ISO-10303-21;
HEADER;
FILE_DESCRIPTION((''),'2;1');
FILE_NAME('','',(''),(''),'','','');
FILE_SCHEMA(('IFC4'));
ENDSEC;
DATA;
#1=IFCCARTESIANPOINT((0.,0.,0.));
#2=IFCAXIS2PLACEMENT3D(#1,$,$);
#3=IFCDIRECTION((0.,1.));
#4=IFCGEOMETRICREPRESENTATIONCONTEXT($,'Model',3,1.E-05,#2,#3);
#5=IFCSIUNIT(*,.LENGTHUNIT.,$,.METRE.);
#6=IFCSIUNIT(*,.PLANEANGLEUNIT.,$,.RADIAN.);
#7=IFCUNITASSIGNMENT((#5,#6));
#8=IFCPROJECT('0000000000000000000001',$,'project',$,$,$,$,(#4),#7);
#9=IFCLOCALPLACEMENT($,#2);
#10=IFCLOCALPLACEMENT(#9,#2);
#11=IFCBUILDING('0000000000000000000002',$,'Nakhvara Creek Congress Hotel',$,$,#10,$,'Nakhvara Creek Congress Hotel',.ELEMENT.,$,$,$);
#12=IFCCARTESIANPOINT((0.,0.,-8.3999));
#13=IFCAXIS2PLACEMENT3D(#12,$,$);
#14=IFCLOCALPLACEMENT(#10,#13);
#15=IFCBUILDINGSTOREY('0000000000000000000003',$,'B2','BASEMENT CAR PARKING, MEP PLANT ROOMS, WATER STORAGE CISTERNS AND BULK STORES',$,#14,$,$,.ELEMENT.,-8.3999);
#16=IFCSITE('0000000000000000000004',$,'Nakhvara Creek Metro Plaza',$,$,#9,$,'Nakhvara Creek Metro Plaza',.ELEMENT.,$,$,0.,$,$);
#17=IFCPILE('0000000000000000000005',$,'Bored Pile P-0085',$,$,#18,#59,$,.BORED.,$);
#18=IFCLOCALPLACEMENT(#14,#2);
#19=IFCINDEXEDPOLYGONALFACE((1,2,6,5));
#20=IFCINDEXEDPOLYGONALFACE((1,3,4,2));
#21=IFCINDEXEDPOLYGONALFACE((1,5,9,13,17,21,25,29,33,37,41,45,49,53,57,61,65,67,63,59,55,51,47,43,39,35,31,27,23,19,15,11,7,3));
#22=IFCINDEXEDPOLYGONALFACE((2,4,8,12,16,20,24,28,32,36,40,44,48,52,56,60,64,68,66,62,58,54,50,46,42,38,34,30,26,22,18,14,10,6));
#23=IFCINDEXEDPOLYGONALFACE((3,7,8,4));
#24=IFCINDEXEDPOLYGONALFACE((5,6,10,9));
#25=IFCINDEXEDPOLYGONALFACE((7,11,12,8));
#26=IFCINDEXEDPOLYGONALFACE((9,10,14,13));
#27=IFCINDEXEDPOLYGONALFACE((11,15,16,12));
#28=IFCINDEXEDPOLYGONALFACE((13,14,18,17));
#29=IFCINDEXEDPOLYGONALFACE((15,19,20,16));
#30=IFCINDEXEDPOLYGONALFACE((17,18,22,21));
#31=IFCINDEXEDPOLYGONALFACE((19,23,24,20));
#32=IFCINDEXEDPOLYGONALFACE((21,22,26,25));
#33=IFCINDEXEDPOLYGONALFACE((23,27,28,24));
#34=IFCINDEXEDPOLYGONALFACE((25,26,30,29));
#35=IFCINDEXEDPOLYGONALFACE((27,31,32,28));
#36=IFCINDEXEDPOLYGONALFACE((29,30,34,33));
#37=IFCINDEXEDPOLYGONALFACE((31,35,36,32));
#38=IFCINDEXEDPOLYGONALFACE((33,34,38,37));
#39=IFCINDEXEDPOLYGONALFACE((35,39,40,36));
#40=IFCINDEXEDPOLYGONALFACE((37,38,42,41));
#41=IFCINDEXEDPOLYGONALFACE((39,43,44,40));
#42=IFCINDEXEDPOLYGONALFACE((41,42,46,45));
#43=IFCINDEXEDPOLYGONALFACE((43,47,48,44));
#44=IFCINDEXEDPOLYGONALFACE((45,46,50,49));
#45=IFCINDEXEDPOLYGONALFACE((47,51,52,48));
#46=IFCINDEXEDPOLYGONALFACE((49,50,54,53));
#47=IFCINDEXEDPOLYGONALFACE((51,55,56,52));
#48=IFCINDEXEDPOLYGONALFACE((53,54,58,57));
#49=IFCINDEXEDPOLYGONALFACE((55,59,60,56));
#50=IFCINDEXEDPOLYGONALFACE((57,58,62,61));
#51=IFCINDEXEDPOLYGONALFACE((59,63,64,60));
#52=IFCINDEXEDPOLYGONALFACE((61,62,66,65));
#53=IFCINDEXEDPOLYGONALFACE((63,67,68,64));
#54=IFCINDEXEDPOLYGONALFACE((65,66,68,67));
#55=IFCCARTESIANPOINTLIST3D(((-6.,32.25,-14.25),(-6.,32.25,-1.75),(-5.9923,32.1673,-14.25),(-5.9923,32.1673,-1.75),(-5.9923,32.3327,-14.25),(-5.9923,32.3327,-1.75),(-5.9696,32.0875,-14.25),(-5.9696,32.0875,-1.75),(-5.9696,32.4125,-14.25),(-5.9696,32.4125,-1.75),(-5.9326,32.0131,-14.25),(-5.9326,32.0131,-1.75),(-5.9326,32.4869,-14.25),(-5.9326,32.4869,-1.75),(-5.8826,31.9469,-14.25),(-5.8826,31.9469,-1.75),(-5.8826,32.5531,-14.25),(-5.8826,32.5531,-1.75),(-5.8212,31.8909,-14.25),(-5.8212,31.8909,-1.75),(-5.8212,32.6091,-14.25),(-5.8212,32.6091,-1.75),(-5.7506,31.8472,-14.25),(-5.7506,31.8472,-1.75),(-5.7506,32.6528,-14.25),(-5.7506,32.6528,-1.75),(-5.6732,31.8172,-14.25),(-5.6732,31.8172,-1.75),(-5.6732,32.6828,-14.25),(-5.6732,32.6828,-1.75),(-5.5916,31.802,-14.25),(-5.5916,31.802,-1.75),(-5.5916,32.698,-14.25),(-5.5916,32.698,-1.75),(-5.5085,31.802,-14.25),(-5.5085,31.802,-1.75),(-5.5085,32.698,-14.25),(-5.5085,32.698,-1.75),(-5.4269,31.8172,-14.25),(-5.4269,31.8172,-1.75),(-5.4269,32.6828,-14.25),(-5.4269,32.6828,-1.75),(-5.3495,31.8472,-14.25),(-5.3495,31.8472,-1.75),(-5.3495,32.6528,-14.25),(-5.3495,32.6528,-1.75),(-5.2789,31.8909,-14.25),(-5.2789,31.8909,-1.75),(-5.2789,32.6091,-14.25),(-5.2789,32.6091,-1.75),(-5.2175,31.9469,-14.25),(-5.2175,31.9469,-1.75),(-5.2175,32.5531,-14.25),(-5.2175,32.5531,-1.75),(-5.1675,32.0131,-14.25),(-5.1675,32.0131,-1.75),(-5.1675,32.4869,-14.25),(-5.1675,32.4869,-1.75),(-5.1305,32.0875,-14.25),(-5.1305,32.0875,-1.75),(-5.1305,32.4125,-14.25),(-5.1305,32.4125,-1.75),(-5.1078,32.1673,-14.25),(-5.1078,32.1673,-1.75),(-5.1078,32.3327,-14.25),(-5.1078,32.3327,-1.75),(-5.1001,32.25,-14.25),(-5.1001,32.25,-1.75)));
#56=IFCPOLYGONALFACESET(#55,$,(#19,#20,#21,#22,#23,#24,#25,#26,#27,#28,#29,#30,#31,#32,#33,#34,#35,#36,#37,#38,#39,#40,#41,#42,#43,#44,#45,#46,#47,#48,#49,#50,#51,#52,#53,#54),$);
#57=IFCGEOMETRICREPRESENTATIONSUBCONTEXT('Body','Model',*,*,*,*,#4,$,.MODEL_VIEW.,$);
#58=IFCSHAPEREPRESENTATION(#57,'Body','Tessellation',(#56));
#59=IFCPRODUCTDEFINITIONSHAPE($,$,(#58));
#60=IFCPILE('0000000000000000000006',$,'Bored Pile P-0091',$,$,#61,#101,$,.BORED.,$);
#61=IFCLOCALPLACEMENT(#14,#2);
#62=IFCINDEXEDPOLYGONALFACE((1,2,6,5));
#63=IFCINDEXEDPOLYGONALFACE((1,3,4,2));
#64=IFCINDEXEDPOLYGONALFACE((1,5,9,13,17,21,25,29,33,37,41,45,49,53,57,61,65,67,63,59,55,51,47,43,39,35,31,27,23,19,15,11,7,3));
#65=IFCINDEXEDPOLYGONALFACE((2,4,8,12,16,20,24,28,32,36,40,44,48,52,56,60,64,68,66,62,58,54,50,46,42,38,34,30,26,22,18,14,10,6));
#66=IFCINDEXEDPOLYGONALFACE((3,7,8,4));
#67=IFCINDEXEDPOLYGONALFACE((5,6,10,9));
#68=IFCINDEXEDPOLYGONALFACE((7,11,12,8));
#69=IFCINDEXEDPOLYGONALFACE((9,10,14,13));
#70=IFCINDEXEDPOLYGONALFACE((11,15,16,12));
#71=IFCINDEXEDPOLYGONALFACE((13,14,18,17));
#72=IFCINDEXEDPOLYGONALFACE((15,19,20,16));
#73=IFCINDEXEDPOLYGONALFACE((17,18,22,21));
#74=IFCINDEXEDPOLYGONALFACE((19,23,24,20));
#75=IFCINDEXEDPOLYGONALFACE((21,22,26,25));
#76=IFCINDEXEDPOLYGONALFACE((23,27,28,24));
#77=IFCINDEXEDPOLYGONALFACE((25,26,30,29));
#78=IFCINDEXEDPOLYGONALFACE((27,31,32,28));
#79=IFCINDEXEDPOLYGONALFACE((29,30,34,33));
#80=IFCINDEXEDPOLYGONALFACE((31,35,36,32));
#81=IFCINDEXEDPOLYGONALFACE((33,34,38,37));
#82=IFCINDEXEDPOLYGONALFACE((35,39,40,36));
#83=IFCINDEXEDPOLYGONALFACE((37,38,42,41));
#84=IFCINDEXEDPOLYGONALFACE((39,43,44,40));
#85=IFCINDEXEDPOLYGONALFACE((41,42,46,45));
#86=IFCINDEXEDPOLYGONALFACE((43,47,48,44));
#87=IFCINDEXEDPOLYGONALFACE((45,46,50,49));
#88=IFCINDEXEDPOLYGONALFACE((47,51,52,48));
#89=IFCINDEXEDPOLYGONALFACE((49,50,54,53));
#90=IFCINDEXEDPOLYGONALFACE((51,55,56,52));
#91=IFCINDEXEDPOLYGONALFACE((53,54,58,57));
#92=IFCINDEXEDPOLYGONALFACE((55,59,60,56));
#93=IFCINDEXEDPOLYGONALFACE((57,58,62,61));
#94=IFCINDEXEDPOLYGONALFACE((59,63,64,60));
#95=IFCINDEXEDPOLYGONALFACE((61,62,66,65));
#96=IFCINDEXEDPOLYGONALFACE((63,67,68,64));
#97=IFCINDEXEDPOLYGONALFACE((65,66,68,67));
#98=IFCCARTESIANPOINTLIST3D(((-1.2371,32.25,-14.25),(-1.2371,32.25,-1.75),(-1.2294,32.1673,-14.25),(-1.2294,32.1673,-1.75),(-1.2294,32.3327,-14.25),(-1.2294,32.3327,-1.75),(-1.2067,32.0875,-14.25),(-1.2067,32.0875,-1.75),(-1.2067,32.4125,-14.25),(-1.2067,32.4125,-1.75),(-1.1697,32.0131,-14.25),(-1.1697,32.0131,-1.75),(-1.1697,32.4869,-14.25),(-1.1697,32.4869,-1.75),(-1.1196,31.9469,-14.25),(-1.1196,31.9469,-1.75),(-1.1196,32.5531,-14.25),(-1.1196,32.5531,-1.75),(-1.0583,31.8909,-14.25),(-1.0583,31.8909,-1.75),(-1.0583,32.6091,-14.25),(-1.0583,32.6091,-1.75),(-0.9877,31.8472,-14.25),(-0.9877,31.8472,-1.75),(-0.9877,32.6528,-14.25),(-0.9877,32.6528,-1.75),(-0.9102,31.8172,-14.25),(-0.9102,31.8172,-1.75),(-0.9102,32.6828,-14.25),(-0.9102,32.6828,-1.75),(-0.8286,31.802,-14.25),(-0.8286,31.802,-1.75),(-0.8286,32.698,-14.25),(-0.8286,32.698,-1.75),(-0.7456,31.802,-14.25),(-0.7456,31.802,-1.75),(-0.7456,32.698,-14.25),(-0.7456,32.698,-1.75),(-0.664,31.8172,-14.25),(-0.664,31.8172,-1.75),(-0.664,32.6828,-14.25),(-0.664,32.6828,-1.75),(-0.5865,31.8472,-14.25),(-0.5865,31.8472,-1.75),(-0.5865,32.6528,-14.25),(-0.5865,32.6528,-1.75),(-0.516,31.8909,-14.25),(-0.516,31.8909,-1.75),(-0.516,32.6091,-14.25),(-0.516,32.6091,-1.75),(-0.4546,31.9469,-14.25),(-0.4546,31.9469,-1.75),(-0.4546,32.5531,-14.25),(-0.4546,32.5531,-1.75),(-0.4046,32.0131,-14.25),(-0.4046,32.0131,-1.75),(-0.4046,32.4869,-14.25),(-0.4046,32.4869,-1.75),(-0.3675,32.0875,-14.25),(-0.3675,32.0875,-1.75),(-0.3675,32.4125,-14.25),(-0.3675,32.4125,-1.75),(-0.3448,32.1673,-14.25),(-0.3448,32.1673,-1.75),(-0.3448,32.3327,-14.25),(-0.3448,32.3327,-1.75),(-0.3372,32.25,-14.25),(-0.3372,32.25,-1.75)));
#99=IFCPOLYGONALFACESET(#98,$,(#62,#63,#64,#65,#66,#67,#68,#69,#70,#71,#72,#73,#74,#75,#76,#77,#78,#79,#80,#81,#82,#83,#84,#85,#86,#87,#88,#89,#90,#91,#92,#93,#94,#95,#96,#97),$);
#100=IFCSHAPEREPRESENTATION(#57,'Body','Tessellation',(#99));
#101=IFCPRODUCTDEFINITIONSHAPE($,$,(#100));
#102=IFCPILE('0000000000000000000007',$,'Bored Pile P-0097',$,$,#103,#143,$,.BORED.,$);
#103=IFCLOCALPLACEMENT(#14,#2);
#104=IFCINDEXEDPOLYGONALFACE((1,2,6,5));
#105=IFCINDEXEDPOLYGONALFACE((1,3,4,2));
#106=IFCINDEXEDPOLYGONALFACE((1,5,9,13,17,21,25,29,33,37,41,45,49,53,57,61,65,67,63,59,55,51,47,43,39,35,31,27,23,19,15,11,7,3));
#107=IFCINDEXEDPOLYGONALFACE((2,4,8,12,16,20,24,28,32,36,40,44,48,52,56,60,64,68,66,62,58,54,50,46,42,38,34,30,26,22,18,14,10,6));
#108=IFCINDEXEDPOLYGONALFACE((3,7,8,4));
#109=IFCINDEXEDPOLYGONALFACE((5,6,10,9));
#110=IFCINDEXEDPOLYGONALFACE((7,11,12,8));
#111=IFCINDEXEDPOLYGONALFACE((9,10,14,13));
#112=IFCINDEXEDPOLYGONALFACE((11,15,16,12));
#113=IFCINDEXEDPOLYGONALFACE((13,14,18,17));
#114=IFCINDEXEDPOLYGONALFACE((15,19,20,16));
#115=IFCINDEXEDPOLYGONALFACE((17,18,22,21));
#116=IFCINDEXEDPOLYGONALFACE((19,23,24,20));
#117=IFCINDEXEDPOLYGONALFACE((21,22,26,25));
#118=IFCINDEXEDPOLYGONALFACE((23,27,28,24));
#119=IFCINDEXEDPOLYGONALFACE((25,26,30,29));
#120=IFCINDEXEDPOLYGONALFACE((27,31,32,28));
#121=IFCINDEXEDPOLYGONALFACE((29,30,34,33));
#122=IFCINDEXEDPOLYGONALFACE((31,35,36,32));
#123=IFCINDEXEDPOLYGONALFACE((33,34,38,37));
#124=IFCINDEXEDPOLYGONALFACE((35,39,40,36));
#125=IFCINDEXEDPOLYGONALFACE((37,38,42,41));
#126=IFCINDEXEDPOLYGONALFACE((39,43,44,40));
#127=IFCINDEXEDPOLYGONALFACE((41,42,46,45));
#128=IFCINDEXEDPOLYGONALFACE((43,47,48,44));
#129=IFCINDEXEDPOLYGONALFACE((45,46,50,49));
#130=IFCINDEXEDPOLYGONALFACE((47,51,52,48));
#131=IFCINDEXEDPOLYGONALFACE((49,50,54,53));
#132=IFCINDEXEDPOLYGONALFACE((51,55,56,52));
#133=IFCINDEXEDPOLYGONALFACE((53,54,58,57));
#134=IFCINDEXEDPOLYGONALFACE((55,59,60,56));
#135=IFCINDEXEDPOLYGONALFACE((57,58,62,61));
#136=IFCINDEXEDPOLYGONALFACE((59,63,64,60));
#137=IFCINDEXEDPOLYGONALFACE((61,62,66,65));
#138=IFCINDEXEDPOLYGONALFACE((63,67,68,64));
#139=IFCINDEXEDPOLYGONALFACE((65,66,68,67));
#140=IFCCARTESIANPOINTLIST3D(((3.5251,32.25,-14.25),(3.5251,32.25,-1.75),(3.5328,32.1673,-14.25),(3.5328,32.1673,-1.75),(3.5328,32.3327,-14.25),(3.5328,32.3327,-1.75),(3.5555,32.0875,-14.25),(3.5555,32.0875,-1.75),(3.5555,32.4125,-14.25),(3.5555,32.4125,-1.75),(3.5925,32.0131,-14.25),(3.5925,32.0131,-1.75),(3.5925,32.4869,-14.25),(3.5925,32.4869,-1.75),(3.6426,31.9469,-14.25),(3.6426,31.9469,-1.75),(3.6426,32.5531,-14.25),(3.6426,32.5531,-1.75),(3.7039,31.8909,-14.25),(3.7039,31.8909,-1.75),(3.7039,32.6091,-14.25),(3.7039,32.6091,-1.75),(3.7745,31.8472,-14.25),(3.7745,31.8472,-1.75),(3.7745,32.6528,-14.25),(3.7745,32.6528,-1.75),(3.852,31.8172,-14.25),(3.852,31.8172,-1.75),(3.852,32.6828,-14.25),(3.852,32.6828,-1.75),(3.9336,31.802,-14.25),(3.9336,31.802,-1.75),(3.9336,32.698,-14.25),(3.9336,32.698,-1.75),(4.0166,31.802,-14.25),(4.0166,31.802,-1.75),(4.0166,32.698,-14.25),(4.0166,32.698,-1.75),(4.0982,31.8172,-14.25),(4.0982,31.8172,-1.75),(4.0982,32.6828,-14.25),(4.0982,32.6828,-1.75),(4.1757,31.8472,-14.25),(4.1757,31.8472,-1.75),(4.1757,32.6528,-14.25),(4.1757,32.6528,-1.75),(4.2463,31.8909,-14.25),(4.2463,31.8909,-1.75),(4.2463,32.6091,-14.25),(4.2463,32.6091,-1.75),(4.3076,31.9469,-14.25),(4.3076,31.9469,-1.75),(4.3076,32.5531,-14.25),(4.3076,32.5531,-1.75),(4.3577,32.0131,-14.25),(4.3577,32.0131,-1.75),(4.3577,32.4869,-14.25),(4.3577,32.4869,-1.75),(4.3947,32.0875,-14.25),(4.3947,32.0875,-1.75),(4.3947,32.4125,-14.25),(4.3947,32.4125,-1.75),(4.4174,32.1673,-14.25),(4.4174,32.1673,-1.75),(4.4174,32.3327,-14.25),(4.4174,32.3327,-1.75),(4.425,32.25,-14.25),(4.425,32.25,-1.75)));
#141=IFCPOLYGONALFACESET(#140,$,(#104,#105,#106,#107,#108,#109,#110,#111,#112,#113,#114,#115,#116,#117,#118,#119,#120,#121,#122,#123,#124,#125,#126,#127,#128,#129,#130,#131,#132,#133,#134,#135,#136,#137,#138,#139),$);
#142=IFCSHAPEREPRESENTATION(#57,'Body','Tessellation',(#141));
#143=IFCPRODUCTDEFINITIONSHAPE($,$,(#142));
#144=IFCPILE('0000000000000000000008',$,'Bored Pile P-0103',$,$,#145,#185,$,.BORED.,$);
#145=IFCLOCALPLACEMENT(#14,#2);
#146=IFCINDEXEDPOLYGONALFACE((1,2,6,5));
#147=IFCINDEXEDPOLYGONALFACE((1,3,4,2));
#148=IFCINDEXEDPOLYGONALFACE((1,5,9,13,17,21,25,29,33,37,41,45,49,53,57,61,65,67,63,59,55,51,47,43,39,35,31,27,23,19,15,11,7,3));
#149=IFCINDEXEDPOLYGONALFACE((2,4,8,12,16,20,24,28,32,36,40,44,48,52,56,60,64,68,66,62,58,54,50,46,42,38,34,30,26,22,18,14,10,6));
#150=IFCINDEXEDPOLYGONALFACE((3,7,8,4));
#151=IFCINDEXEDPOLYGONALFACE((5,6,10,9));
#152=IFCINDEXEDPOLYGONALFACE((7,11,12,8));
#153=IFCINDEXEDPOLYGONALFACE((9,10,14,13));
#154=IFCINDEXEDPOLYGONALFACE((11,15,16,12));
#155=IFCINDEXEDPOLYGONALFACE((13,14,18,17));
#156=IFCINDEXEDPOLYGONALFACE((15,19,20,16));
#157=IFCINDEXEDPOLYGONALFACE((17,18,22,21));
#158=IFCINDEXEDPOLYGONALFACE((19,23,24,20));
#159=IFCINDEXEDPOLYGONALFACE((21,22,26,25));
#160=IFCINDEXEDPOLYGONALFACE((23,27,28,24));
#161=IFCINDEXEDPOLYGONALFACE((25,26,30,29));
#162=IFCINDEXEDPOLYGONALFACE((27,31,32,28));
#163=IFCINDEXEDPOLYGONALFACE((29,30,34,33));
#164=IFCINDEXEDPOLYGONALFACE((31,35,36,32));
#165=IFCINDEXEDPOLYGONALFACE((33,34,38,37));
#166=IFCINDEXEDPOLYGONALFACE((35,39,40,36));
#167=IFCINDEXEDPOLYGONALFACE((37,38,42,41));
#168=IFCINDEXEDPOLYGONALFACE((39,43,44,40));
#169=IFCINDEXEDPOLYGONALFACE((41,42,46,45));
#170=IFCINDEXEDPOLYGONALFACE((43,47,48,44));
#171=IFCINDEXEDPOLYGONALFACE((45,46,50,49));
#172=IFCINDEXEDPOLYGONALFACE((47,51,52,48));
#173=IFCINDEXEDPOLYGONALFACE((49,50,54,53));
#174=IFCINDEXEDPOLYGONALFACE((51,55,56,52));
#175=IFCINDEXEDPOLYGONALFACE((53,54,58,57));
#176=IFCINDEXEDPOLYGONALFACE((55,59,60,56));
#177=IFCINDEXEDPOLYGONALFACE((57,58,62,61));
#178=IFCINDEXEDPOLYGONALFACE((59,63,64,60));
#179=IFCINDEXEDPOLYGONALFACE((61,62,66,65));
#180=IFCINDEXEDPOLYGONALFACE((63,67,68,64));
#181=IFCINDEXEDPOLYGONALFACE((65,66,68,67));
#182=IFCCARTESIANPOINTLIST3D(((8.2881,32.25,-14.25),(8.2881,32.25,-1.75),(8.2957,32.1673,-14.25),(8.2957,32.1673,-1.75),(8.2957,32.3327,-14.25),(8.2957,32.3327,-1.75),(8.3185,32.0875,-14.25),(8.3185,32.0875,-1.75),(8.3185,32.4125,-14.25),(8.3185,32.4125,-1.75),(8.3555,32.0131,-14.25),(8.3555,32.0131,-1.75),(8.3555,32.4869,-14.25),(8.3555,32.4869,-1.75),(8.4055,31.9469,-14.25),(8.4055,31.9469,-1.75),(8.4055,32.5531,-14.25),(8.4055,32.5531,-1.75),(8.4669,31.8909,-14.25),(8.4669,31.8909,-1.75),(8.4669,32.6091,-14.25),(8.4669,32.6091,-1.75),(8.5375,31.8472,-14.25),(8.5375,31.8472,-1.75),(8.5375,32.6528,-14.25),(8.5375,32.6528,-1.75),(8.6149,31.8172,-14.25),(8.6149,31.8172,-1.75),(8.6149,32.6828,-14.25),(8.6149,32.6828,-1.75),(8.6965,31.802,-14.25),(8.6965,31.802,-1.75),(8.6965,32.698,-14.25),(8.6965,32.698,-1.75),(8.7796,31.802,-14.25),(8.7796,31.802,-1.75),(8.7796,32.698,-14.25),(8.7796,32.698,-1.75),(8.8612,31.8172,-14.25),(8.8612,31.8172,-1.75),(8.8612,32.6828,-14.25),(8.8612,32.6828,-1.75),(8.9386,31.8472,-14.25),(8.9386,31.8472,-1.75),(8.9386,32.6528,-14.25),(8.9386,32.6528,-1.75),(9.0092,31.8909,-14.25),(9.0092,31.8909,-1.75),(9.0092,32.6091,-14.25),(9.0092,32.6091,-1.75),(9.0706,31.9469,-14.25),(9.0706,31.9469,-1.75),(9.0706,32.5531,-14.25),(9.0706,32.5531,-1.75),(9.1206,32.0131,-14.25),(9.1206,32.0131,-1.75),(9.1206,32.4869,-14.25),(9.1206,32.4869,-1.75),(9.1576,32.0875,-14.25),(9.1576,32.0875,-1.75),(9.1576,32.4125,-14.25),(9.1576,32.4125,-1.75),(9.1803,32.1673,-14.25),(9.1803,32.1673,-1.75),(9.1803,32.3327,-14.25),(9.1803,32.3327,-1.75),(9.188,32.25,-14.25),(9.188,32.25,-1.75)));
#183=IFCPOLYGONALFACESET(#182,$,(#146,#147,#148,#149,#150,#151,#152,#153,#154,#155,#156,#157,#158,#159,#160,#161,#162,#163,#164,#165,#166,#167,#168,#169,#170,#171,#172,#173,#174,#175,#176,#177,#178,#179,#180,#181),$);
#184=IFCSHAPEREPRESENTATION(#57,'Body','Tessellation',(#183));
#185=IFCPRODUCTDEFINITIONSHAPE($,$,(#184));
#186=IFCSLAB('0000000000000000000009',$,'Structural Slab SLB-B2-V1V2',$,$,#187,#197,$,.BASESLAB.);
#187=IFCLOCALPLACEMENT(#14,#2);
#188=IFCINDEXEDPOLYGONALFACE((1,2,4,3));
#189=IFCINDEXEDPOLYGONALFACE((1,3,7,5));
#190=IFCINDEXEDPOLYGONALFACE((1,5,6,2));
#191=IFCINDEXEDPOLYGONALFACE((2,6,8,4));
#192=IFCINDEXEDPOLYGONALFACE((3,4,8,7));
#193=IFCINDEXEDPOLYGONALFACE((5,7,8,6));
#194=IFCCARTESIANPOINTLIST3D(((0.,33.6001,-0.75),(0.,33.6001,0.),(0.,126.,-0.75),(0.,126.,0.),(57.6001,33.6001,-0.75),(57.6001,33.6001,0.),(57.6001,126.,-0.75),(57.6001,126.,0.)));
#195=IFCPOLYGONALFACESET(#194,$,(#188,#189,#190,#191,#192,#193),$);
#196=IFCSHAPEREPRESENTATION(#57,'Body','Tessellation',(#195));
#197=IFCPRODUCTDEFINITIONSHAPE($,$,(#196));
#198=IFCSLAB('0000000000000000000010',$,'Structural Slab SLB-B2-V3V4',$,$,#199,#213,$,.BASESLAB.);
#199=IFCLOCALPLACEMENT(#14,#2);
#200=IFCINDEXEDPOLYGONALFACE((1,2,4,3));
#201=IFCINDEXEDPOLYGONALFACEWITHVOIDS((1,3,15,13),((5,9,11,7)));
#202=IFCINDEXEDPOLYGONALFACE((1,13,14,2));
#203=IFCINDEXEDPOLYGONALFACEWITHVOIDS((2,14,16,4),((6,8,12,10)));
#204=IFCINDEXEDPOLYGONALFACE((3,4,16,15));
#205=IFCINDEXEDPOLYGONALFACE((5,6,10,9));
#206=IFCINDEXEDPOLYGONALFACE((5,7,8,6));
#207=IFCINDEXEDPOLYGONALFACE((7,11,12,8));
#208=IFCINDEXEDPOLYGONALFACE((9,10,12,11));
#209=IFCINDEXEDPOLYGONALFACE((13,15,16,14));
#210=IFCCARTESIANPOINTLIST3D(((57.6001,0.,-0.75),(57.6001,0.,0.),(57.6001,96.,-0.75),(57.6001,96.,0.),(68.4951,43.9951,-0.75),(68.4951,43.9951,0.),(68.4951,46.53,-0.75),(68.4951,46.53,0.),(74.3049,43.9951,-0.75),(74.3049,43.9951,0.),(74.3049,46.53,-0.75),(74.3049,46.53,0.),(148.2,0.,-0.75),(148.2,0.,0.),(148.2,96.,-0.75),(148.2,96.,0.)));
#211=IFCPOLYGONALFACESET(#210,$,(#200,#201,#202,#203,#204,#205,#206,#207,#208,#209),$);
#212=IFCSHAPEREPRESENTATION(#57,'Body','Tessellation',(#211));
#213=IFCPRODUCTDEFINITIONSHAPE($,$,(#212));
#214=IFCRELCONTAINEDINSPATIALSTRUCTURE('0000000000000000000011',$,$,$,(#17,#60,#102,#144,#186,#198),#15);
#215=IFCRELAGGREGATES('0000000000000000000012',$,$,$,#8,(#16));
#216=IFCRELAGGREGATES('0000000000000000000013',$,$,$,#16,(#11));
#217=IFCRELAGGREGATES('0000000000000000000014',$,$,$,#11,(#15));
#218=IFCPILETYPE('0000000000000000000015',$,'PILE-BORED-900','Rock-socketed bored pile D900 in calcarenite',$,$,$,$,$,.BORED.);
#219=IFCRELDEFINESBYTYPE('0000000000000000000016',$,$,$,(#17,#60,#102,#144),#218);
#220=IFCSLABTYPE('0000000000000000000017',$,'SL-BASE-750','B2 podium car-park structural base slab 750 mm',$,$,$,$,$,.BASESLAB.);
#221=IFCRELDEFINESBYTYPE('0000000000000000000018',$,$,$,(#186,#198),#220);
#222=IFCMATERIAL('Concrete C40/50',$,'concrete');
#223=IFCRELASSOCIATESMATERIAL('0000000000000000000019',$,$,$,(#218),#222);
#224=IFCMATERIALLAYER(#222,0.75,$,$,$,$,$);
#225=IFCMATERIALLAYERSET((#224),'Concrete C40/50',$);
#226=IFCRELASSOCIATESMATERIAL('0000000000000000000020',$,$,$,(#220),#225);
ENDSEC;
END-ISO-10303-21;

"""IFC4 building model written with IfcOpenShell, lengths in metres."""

from ifc_helpers import new_model, si_unit, direction, frame, origin, origin_2d, place, context, subcontext, project, spatial, polyline, circle, outline, extrude, material, layer, layer_set, material_profile, profile_set, type_object, element, save


model = new_model("IFC4")

# Units and contexts
model_context = context("Model", 3, precision=1e-05, world=origin(), true_north=direction((0.0, 1.0)))
body_context = subcontext(model_context, "Body", "Model", "MODEL_VIEW")
ifc_project = project(units=[si_unit("LENGTHUNIT", "METRE"), si_unit("PLANEANGLEUNIT", "RADIAN")], contexts=[model_context])

# Site, building, storey
site_placement = place(None, origin())
site = spatial("IfcSite", under=ifc_project, at=site_placement, Name="Nakhvara Creek Metro Plaza", LongName="Nakhvara Creek Metro Plaza", CompositionType="ELEMENT", RefElevation=0.0)
building_placement = place(site_placement, origin())
building = spatial("IfcBuilding", under=site, at=building_placement, Name="Nakhvara Creek Congress Hotel", LongName="Nakhvara Creek Congress Hotel", CompositionType="ELEMENT")
storey_placement = place(building_placement, frame((0.0, 0.0, -8.3999)))
storey = spatial("IfcBuildingStorey", under=building, at=storey_placement, Name="B2", Description="BASEMENT CAR PARKING, MEP PLANT ROOMS, WATER STORAGE CISTERNS AND BULK STORES", CompositionType="ELEMENT", Elevation=-8.3999)

# Piles
ifc_material_1 = material(Name="Concrete C40/50", Category="concrete")
ifc_material_profile = material_profile(ifc_material_1, circle(Radius=0.45, at=origin_2d()), Name="BORED PILE D900", Category="LoadBearing")
ifc_profile_set = profile_set([ifc_material_profile], Name="Concrete C40/50")
pile_type = type_object("IfcPileType", Name="PILE-BORED-900", Description="Rock-socketed bored pile D900 in calcarenite", PredefinedType="BORED", material=ifc_profile_set)
for number, where, z_axis, x_axis, name in (
    (1, (-5.55, 32.25, -1.75), (0.0, 0.0, -1.0), (1.0, 0.0, 0.0), "Bored Pile P-0085"),
    (2, (-0.7871, 32.25, -1.75), (0.0, 0.0, -1.0), (1.0, 0.0, 0.0), "Bored Pile P-0091"),
    (3, (3.9751, 32.25, -1.75), (0.0, 0.0, -1.0), (1.0, 0.0, 0.0), "Bored Pile P-0097"),
    (4, (8.738, 32.25, -1.75), (0.0, 0.0, -1.0), (1.0, 0.0, 0.0), "Bored Pile P-0103"),
):
    element("IfcPile", number, at=place(storey_placement, frame(where, z_axis=z_axis, x_axis=x_axis)), inside=storey, type_object=pile_type, Name=name, PredefinedType="BORED", context=body_context, shape_type="SweptSolid", body=[
        extrude(circle(Radius=0.45, at=origin_2d()), origin(), (0.0, 0.0, 1.0), 12.5),
    ])

# Slabs
ifc_layer_1 = layer(ifc_material_1, 0.75)
ifc_layer_set_1 = layer_set([ifc_layer_1], Name="Concrete C40/50")
slab_type_1 = type_object("IfcSlabType", Name="SL-BASE-750", Description="B2 podium car-park structural base slab 750 mm", PredefinedType="BASESLAB", material=ifc_layer_set_1)
slab_1_placement = place(storey_placement, frame((0.0, 0.0, -0.75)))
element("IfcSlab", 5, at=slab_1_placement, inside=storey, type_object=slab_type_1, Name="Structural Slab SLB-B2-V1V2", PredefinedType="BASESLAB", context=body_context, shape_type="SweptSolid", body=[
    extrude(outline(polyline([(0.0, 33.6001), (57.6001, 33.6001), (57.6001, 126.0), (0.0, 126.0), (0.0, 33.6001)])), origin(), (0.0, 0.0, 1.0), 0.75),
])
slab_2_placement = place(storey_placement, frame((0.0, 0.0, -0.75)))
element("IfcSlab", 6, at=slab_2_placement, inside=storey, type_object=slab_type_1, Name="Structural Slab SLB-B2-V3V4", PredefinedType="BASESLAB", context=body_context, shape_type="SweptSolid", body=[
    extrude(outline(polyline([(57.6001, 96.0), (148.2, 96.0), (148.2, 0.0), (57.6001, 0.0), (57.6001, 96.0)]), holes=[polyline([(68.4951, 43.9951), (74.3049, 43.9951), (74.3049, 46.53), (68.4951, 46.53), (68.4951, 43.9951)])]), origin(), (0.0, 0.0, 1.0), 0.75),
])

save(model, "model.ifc")
